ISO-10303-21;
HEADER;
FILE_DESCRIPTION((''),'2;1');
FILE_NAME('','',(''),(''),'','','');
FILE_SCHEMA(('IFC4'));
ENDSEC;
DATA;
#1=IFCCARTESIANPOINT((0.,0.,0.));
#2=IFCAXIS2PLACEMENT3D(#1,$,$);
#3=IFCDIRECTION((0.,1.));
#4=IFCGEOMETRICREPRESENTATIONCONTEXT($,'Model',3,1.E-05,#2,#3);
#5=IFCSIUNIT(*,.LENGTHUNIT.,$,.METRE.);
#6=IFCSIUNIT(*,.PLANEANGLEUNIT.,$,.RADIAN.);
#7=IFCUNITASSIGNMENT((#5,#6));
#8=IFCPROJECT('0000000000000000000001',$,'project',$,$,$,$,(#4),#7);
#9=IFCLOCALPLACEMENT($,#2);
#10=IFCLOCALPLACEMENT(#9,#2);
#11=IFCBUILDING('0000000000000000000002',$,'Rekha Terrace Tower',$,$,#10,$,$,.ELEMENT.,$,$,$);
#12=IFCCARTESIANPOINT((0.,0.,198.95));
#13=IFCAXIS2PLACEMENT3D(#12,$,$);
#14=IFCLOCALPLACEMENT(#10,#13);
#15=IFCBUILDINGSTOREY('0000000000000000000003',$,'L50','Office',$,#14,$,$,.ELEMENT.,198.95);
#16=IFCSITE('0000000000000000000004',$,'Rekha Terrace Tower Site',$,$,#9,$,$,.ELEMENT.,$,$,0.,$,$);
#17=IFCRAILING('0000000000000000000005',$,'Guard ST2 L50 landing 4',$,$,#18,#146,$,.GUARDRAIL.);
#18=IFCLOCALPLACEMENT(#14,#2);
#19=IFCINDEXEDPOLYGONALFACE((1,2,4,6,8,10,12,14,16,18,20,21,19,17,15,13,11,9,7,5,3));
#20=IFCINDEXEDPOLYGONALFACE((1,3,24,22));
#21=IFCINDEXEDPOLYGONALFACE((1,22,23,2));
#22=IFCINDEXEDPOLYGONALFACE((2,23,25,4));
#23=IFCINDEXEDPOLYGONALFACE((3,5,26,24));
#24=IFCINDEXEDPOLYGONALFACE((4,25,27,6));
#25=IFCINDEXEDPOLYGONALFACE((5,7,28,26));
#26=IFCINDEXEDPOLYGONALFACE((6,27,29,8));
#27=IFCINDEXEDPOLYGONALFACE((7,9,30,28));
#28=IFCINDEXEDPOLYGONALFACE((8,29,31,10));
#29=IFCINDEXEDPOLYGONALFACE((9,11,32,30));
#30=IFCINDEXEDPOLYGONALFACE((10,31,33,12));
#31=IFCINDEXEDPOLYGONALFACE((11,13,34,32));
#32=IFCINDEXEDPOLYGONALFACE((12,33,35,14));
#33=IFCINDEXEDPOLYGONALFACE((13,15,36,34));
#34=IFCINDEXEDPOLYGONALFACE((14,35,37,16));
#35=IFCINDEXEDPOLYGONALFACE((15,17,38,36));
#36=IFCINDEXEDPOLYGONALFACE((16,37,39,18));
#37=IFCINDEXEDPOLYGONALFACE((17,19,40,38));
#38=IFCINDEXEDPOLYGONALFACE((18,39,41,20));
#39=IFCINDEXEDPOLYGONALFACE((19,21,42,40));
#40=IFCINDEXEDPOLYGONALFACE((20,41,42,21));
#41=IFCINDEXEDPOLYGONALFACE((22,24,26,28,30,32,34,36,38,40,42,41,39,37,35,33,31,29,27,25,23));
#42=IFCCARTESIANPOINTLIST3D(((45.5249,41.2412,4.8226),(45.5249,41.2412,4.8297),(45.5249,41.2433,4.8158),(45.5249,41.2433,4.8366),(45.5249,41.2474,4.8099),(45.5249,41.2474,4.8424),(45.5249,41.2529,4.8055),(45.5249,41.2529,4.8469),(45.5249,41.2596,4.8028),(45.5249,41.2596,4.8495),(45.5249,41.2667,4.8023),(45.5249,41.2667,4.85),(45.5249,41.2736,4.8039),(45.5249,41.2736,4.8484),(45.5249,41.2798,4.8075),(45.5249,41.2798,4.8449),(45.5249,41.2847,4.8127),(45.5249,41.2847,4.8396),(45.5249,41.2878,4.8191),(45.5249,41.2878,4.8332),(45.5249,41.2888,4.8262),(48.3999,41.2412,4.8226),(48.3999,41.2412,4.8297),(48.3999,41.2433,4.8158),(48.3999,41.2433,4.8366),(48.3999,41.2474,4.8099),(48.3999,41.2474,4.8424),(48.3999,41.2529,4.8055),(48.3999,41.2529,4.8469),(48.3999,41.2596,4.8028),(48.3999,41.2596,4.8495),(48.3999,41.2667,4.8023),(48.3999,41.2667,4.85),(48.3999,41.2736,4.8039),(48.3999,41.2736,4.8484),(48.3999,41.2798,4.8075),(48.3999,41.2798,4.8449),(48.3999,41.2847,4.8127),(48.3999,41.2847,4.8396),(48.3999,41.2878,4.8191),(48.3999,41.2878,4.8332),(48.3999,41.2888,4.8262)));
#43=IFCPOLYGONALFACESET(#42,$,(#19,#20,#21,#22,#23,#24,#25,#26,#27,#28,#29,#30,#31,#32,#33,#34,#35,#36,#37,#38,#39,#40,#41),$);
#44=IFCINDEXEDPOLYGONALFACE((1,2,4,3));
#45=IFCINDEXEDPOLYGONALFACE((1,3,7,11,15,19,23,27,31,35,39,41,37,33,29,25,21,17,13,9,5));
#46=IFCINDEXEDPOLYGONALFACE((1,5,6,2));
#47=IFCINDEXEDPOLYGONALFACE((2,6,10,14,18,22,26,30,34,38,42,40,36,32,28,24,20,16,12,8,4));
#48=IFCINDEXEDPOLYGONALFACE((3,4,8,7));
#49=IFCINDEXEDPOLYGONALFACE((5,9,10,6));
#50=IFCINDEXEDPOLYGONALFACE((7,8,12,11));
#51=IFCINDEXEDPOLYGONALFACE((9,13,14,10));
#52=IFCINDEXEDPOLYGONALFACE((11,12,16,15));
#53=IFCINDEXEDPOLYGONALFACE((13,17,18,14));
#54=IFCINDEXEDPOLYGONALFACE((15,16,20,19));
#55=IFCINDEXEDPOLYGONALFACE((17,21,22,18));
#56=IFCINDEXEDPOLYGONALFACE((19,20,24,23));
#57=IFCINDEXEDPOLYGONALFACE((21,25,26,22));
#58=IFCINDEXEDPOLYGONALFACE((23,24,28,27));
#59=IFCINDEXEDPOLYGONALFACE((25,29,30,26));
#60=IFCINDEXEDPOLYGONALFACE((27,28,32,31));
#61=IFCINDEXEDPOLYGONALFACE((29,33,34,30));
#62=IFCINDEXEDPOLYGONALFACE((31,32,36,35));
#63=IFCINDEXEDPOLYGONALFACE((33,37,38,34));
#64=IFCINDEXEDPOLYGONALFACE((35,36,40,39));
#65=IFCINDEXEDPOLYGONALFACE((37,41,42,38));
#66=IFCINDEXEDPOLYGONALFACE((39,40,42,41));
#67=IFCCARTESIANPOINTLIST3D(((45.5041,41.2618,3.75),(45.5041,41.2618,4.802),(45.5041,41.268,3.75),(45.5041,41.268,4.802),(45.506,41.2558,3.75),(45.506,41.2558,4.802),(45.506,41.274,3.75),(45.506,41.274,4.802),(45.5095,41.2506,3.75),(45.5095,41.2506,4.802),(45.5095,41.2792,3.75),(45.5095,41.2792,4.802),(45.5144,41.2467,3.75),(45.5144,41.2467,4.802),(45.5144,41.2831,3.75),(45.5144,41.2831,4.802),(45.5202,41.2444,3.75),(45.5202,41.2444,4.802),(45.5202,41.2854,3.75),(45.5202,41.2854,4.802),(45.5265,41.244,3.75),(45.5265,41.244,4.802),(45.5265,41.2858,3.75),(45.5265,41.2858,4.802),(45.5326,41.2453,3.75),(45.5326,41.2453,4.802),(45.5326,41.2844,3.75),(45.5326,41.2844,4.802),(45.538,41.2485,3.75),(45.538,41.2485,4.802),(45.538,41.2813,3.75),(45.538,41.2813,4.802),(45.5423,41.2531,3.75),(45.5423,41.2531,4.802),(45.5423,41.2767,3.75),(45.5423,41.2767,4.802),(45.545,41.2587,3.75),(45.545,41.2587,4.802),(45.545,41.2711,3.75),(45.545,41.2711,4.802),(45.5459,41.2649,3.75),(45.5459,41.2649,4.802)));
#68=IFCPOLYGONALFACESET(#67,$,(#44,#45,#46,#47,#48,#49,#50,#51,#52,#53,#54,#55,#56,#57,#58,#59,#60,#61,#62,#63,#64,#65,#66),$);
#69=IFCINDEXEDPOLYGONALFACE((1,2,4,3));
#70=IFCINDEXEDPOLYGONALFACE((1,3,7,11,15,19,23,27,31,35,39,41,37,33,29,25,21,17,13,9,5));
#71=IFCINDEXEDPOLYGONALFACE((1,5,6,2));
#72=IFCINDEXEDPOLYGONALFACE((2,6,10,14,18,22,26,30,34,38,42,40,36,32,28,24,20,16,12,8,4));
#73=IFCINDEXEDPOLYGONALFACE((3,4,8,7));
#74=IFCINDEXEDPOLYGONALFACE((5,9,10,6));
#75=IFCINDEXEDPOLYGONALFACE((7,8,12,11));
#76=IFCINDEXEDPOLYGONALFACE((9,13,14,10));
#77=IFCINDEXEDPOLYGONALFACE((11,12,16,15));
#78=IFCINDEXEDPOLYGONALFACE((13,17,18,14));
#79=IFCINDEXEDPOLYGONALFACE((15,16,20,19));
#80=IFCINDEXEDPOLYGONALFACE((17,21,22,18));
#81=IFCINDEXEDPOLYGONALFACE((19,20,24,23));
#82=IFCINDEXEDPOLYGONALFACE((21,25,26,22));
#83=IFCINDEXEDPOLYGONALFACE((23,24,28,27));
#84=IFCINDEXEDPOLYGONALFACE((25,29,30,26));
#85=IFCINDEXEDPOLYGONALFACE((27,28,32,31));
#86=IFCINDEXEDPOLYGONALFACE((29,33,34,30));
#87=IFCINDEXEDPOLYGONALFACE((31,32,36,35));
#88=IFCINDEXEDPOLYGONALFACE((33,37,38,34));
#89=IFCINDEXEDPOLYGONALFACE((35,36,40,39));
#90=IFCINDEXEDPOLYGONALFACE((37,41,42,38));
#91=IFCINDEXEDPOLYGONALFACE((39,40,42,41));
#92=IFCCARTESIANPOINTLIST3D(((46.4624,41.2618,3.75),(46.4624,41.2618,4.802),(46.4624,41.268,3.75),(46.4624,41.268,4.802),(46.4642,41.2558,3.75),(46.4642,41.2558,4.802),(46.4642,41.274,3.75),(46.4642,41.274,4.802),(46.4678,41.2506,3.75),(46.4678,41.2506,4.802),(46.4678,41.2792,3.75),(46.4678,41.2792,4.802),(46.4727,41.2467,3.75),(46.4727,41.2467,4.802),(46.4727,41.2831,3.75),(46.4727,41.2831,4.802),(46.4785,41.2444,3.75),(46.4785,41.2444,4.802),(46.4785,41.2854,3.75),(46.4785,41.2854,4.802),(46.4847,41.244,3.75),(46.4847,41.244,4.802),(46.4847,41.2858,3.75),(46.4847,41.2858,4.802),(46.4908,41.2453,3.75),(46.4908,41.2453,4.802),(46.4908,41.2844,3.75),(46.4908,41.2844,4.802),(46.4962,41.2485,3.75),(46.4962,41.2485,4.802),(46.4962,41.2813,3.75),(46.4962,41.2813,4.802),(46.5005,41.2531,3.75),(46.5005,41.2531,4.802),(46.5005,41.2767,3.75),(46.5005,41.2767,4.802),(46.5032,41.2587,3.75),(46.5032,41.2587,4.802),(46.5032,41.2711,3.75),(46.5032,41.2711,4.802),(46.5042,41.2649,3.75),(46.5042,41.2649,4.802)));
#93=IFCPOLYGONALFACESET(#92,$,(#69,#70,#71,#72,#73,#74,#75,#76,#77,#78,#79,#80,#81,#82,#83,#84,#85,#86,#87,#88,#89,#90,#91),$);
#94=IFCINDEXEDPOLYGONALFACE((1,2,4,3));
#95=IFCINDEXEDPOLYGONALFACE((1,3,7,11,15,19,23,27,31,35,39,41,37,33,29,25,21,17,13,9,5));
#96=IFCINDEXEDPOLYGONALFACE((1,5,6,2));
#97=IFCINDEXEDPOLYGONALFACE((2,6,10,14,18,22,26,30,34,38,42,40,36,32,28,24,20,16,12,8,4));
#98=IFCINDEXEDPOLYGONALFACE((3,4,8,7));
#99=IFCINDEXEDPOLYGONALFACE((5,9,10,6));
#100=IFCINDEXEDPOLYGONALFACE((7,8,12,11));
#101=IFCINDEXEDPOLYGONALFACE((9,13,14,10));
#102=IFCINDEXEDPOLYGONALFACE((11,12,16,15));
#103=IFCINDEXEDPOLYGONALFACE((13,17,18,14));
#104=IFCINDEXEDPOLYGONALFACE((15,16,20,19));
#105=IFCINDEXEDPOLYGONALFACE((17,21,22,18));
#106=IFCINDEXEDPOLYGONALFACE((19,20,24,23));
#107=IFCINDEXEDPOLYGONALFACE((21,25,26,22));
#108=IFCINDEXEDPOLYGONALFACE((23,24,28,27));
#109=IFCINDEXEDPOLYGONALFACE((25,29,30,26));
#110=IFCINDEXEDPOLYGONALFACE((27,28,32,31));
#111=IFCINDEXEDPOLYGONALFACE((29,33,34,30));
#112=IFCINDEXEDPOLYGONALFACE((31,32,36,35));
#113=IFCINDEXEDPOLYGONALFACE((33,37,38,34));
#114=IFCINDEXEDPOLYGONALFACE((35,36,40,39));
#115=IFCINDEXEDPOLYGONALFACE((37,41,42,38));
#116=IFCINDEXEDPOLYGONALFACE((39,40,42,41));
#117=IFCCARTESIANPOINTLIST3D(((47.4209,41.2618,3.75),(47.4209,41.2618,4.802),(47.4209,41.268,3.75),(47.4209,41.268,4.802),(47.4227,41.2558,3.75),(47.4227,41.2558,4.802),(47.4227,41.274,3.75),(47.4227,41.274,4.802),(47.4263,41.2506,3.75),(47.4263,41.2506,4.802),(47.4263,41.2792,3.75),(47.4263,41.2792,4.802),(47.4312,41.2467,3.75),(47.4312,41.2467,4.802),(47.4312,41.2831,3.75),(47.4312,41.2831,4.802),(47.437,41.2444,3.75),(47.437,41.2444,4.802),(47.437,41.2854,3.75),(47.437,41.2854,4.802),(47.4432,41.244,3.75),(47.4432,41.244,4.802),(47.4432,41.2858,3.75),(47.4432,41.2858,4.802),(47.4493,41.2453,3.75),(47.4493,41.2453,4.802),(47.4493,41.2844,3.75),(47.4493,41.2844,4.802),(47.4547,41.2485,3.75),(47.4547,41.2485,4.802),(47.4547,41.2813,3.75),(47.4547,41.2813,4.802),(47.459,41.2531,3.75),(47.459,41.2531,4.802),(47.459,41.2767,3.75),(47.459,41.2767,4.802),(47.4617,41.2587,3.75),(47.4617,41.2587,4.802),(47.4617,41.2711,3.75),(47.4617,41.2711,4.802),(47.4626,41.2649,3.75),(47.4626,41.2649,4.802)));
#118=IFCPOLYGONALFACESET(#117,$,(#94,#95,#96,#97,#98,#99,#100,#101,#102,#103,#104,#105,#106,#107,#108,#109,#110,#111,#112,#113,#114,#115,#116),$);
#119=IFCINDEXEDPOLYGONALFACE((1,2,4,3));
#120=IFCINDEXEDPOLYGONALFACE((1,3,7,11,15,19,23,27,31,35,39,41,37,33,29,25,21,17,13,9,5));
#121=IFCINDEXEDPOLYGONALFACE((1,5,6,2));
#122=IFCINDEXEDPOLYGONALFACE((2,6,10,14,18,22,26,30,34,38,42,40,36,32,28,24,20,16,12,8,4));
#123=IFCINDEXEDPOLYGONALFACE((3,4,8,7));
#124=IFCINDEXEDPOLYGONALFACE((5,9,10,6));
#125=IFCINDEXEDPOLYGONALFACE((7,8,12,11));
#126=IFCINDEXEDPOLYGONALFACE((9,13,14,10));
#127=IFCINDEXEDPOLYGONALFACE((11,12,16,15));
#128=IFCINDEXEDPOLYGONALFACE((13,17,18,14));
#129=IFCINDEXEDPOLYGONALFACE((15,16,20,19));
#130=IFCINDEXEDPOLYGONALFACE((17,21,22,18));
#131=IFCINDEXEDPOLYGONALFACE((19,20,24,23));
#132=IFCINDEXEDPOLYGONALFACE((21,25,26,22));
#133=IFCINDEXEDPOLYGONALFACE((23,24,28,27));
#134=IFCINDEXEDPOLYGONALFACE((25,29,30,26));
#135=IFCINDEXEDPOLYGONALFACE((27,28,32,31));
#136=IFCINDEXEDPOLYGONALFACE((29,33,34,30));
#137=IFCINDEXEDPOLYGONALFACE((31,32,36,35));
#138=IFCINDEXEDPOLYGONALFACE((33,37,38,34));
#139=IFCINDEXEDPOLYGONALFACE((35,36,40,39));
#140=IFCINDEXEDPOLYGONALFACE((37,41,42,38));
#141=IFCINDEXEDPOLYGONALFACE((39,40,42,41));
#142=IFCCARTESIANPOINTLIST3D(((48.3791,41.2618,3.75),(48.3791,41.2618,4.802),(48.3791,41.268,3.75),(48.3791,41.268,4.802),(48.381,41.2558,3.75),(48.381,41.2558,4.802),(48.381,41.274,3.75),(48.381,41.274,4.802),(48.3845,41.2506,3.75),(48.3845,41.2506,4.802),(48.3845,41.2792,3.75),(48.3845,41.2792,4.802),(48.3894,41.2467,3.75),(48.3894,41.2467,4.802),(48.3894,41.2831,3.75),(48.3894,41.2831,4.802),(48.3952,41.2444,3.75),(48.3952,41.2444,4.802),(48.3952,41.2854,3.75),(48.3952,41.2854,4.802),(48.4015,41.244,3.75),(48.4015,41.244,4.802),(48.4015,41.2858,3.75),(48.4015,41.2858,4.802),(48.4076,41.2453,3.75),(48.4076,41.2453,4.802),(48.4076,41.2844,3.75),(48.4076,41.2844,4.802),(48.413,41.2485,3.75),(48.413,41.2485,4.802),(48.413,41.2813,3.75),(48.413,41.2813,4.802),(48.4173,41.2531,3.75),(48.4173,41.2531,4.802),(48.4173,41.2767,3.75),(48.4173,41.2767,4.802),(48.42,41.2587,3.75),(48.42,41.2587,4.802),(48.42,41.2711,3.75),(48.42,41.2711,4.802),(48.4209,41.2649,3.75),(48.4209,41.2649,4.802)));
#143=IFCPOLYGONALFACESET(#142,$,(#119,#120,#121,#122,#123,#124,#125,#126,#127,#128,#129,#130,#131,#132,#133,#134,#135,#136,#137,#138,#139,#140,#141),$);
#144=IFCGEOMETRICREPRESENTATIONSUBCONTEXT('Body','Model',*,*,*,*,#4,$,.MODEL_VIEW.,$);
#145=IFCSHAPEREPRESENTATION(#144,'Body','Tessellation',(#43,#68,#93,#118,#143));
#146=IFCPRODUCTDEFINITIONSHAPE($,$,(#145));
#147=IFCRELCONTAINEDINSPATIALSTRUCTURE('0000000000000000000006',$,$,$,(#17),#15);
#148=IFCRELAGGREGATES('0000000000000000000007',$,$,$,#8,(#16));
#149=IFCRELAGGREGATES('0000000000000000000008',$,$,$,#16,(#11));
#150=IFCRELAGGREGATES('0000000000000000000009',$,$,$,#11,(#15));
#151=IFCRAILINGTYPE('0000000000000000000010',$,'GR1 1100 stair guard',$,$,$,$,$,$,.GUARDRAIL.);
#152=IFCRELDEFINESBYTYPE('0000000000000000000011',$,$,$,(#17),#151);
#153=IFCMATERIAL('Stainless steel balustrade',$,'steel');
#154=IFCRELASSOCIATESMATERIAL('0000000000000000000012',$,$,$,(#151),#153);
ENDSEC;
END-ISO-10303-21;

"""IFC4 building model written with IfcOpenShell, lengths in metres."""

from ifc_helpers import new_model, si_unit, direction, frame, origin, origin_2d, place, context, subcontext, project, spatial, circle, extrude, material, type_object, element, save


model = new_model("IFC4")

# Units and contexts
model_context = context("Model", 3, precision=1e-05, world=origin(), true_north=direction((0.0, 1.0)))
body_context = subcontext(model_context, "Body", "Model", "MODEL_VIEW")
ifc_project = project(units=[si_unit("LENGTHUNIT", "METRE"), si_unit("PLANEANGLEUNIT", "RADIAN")], contexts=[model_context])

# Site, building, storey
site_placement = place(None, origin())
site = spatial("IfcSite", under=ifc_project, at=site_placement, Name="Rekha Terrace Tower Site", CompositionType="ELEMENT", RefElevation=0.0)
building_placement = place(site_placement, origin())
building = spatial("IfcBuilding", under=site, at=building_placement, Name="Rekha Terrace Tower", CompositionType="ELEMENT")
storey_placement = place(building_placement, frame((0.0, 0.0, 198.95)))
storey = spatial("IfcBuildingStorey", under=building, at=storey_placement, Name="L50", Description="Office", CompositionType="ELEMENT", Elevation=198.95)

# Railing
ifc_material_1 = material(Name="Stainless steel balustrade", Category="steel")
railing_type_1 = type_object("IfcRailingType", Name="GR1 1100 stair guard", PredefinedType="GUARDRAIL", material=ifc_material_1)
railing_1_placement = place(storey_placement, frame((45.5249, 41.2649, 3.75)))
element("IfcRailing", 1, at=railing_1_placement, inside=storey, type_object=railing_type_1, Name="Guard ST2 L50 landing 4", PredefinedType="GUARDRAIL", context=body_context, shape_type="SweptSolid", body=[
    extrude(circle(Radius=0.0239, at=origin_2d()), frame((0.0, 0.0, 1.0762), z_axis=(1.0, 0.0, 0.0), x_axis=(0.0, 1.0, 0.0)), (0.0, 0.0, 1.0), 2.875),
    extrude(circle(Radius=0.021, at=origin_2d()), origin(), (0.0, 0.0, 1.0), 1.052),
    extrude(circle(Radius=0.021, at=origin_2d()), frame((0.9583, 0.0, 0.0)), (0.0, 0.0, 1.0), 1.052),
    extrude(circle(Radius=0.021, at=origin_2d()), frame((1.9167, 0.0, 0.0)), (0.0, 0.0, 1.0), 1.052),
    extrude(circle(Radius=0.021, at=origin_2d()), frame((2.875, 0.0, 0.0)), (0.0, 0.0, 1.0), 1.052),
])

save(model, "model.ifc")
